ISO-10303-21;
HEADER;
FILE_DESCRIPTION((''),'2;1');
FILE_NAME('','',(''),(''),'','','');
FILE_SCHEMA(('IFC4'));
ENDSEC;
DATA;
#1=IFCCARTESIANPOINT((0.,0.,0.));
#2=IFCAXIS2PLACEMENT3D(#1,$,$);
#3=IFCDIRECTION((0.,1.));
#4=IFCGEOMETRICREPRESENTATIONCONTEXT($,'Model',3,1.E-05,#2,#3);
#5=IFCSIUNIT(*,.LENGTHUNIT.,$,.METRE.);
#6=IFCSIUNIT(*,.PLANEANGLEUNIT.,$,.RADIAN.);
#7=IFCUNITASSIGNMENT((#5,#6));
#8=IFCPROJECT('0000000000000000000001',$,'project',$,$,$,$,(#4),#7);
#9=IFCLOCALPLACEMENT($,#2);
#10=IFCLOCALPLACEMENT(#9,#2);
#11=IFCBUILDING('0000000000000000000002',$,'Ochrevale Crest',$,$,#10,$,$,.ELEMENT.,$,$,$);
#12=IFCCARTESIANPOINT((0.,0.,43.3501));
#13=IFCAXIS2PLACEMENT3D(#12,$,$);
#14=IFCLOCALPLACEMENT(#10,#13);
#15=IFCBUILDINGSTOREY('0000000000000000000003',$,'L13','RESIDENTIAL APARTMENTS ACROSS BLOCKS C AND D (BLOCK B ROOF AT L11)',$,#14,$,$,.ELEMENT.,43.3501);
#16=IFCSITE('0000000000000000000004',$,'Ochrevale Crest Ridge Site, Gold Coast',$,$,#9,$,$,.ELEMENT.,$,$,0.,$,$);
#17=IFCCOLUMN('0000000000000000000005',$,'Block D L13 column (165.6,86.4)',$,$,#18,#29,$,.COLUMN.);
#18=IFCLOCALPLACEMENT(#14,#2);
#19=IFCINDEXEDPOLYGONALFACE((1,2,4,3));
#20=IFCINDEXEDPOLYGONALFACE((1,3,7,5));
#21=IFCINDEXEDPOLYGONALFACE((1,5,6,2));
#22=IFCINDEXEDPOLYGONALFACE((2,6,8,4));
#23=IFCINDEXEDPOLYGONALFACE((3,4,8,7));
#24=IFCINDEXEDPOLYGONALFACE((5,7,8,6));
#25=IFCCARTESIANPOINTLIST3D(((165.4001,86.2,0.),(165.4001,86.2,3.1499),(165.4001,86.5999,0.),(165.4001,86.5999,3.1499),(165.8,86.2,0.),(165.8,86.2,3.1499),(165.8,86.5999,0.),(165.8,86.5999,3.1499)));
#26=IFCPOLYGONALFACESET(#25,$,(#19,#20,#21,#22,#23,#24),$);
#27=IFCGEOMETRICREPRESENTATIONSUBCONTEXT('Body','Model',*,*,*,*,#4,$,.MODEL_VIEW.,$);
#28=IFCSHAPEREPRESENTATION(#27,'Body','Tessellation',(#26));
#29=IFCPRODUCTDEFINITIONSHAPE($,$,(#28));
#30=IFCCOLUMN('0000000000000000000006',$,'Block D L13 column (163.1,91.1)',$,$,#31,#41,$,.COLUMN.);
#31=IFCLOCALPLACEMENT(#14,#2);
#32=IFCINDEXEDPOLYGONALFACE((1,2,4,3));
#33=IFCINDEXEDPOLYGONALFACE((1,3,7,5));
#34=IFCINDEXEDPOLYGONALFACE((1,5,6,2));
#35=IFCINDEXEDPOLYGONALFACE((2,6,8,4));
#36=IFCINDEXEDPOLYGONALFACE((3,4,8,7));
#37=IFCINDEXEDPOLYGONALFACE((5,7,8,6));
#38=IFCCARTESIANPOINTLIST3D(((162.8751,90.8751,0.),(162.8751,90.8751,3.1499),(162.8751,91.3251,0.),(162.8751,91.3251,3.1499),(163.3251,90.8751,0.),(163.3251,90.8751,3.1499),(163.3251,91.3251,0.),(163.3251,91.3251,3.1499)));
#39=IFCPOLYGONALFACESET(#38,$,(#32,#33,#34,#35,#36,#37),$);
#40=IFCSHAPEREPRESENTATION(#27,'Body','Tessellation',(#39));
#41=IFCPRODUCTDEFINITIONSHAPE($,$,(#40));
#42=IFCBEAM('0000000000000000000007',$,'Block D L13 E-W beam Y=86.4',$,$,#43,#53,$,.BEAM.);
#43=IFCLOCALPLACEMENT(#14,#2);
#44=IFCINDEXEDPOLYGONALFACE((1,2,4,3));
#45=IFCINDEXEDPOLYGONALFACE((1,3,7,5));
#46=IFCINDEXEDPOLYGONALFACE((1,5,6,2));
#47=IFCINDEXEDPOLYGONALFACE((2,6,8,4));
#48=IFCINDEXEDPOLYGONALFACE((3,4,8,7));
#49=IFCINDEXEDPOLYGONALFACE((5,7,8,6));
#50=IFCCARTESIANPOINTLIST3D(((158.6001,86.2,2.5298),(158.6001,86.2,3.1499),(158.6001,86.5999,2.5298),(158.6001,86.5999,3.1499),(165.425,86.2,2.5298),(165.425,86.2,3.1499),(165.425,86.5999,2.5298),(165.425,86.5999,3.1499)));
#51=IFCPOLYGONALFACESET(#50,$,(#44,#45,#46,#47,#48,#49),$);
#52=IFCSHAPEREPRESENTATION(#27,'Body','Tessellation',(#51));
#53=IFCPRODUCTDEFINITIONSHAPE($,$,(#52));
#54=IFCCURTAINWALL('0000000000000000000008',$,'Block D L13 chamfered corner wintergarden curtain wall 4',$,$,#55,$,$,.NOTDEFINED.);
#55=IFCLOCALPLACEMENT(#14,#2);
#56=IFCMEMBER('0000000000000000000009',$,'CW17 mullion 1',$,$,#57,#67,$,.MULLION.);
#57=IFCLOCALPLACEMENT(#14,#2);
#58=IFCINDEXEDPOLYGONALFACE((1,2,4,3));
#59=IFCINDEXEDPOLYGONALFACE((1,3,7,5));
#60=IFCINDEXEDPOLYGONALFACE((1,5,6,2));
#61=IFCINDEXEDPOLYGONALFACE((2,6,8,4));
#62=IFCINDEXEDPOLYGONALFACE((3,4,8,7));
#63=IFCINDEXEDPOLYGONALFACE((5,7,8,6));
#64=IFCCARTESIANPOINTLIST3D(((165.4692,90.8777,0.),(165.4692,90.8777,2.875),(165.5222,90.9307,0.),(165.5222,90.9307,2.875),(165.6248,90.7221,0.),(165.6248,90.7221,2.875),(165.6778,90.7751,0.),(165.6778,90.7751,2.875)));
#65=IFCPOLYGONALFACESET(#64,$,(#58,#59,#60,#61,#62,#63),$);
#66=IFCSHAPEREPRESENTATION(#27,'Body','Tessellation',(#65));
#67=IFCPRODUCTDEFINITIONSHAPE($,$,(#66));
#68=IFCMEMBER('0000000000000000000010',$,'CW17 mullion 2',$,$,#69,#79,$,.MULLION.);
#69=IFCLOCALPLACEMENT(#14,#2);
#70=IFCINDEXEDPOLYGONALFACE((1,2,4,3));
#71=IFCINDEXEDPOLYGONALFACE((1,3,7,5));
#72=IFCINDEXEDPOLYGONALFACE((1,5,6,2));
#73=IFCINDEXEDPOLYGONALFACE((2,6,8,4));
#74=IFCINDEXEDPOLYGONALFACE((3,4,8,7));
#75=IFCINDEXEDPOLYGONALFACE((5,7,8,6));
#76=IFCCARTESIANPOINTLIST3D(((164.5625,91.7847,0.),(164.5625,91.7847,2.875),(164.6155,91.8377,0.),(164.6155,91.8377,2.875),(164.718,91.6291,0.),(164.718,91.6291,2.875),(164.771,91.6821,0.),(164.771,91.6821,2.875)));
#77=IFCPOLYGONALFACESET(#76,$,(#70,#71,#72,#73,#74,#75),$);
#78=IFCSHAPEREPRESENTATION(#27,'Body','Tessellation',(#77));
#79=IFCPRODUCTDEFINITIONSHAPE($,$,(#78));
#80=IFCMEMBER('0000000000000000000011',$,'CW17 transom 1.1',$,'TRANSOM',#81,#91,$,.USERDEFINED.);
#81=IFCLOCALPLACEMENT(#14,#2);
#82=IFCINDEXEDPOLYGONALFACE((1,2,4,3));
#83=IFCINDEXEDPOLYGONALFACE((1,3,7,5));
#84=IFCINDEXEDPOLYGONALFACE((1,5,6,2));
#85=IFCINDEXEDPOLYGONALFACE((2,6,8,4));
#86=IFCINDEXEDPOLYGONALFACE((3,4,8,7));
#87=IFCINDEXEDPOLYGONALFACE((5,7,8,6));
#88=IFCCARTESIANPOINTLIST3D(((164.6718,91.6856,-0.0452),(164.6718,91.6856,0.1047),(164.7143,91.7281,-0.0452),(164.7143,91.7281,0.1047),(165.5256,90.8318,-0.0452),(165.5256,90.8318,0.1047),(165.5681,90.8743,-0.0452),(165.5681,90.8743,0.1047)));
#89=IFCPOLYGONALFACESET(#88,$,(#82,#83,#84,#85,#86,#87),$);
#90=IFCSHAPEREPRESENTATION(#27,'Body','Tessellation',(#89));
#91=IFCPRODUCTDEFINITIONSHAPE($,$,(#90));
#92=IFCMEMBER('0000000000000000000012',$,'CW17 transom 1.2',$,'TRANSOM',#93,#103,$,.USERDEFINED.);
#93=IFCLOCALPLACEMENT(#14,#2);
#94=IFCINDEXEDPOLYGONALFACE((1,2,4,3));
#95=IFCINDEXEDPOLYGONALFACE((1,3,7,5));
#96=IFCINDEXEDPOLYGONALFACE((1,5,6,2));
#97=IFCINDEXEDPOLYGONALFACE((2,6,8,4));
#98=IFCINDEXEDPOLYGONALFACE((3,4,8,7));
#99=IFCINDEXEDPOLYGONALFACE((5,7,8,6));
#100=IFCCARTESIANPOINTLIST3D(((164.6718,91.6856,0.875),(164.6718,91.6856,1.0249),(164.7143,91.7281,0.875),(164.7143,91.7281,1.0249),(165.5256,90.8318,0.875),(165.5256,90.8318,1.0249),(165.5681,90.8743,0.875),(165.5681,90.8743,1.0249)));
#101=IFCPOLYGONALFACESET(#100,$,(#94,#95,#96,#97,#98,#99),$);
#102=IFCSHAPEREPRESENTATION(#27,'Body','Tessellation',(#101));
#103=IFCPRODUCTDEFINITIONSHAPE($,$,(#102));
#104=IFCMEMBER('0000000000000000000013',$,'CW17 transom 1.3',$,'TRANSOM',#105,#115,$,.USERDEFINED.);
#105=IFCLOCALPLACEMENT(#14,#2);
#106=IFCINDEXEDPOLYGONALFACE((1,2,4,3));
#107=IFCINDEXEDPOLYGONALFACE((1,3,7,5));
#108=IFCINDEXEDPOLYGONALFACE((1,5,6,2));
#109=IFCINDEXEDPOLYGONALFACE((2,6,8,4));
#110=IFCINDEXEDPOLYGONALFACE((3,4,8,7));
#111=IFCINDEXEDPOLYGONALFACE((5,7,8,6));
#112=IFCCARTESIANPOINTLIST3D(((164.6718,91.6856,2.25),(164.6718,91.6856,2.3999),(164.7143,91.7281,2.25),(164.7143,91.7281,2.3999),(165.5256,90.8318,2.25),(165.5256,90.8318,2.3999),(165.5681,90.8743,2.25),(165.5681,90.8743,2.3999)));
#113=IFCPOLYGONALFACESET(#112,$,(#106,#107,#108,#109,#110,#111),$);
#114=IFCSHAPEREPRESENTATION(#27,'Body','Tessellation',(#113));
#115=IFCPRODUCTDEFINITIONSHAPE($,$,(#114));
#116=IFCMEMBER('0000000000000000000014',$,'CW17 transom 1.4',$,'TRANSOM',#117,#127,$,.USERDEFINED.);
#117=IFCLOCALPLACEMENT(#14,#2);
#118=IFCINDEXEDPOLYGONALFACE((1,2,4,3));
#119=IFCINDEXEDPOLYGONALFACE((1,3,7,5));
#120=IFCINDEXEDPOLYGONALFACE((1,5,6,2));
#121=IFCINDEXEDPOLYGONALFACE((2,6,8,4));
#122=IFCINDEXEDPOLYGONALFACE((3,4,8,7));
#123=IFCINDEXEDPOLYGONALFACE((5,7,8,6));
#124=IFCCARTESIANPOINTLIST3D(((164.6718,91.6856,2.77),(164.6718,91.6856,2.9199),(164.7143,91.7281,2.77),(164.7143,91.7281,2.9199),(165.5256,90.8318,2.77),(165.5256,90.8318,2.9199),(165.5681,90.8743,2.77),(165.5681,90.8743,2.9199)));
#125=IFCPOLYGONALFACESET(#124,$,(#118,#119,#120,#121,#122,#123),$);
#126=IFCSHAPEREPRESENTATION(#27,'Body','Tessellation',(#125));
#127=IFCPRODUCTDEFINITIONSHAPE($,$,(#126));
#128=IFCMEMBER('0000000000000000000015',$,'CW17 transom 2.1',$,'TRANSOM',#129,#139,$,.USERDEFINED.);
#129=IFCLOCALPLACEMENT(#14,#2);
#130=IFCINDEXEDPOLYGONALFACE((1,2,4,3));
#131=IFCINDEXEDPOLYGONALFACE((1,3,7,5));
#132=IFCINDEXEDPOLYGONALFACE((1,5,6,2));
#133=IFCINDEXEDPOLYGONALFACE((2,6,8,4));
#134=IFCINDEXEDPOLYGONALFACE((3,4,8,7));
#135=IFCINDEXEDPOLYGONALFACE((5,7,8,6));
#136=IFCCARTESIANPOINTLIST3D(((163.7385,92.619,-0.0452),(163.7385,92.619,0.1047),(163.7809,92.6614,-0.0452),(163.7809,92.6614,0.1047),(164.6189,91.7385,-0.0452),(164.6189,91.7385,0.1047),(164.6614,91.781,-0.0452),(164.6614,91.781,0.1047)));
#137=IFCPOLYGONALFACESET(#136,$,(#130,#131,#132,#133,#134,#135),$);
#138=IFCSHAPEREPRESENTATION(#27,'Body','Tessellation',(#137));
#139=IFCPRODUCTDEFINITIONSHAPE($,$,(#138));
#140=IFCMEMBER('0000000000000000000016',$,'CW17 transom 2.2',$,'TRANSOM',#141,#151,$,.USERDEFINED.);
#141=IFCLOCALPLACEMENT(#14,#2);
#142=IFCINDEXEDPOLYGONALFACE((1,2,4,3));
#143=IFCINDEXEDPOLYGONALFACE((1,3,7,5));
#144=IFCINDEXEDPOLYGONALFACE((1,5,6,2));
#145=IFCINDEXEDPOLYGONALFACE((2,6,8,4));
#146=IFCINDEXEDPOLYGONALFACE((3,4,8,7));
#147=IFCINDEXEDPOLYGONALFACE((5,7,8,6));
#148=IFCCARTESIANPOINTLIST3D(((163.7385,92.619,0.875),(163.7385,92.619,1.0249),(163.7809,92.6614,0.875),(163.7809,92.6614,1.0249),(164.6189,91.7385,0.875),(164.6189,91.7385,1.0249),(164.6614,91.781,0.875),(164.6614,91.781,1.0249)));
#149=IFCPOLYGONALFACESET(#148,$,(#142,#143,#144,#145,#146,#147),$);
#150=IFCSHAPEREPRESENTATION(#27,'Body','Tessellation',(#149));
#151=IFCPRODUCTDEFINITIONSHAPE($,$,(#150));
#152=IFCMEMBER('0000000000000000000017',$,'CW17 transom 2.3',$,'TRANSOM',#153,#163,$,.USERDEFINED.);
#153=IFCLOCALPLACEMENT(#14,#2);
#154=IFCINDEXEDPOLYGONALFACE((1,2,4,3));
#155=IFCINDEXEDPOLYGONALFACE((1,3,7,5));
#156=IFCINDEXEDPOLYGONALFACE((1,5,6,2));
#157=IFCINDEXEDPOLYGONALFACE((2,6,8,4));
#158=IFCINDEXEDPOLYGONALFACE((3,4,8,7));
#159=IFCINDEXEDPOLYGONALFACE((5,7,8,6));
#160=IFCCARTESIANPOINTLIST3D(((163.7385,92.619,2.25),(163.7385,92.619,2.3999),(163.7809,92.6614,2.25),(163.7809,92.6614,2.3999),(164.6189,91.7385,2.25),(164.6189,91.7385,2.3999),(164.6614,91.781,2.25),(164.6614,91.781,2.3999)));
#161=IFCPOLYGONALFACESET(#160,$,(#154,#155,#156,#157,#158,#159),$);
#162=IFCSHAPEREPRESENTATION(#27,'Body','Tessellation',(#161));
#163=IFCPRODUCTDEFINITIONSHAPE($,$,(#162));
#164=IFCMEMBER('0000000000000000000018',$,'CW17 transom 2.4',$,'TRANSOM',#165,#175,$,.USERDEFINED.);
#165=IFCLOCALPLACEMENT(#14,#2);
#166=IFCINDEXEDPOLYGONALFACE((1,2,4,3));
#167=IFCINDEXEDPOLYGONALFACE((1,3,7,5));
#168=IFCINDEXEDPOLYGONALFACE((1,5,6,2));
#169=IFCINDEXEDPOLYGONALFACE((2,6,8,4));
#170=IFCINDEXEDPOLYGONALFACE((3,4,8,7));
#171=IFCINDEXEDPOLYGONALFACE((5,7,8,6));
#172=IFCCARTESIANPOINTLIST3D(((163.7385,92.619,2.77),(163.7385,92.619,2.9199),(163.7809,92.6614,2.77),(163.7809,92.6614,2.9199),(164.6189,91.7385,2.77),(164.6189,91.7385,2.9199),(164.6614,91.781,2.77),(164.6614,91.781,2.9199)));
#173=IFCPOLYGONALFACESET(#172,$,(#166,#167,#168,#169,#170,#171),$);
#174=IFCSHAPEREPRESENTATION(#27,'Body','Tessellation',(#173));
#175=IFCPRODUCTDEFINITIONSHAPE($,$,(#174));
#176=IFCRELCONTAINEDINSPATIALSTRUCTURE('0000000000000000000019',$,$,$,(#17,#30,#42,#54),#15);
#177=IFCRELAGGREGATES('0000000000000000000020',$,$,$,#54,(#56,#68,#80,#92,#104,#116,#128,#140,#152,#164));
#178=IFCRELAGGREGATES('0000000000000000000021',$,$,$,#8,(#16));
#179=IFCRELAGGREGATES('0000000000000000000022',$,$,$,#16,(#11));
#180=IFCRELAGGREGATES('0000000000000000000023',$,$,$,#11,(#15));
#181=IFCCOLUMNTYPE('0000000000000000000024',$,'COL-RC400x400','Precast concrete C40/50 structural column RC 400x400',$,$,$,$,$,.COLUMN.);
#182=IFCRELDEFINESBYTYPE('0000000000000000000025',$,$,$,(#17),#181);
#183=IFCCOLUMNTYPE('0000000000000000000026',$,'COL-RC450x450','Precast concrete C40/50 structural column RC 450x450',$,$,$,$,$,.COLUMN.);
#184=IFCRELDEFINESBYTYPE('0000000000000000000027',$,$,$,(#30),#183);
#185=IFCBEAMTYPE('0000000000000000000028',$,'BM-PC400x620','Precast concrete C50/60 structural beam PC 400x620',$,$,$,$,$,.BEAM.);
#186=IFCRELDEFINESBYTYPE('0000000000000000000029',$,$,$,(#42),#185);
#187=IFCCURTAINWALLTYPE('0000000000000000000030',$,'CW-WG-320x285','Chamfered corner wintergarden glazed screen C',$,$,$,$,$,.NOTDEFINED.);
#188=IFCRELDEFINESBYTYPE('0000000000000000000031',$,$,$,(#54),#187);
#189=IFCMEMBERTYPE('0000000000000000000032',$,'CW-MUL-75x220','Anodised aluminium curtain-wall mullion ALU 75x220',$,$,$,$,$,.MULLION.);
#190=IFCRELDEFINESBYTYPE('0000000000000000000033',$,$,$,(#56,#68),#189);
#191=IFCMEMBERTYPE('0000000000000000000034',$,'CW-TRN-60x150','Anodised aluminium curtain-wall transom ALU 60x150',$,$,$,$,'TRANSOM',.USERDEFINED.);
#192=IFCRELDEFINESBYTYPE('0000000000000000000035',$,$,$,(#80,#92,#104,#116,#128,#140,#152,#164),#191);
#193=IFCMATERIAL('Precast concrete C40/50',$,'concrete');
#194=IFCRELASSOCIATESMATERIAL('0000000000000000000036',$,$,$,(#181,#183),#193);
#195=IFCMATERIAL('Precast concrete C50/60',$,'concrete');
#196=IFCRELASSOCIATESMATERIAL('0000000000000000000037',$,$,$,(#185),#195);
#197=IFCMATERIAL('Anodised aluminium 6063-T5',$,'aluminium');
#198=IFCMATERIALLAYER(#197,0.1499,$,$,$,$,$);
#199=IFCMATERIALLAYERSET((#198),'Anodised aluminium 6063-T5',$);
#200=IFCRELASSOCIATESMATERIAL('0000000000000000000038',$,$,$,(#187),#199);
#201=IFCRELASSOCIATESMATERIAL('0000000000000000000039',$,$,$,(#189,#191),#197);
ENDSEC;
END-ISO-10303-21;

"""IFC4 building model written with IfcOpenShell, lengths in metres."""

from ifc_helpers import new_model, si_unit, direction, frame, origin, origin_2d, place, context, subcontext, project, spatial, rectangle, extrude, material, layer, layer_set, material_profile, profile_set, type_object, element, aggregate, save


model = new_model("IFC4")

# Units and contexts
model_context = context("Model", 3, precision=1e-05, world=origin(), true_north=direction((0.0, 1.0)))
body_context = subcontext(model_context, "Body", "Model", "MODEL_VIEW")
ifc_project = project(units=[si_unit("LENGTHUNIT", "METRE"), si_unit("PLANEANGLEUNIT", "RADIAN")], contexts=[model_context])

# Site, building, storey
site_placement = place(None, origin())
site = spatial("IfcSite", under=ifc_project, at=site_placement, Name="Ochrevale Crest Ridge Site, Gold Coast", CompositionType="ELEMENT", RefElevation=0.0)
building_placement = place(site_placement, origin())
building = spatial("IfcBuilding", under=site, at=building_placement, Name="Ochrevale Crest", CompositionType="ELEMENT")
storey_placement = place(building_placement, frame((0.0, 0.0, 43.3501)))
storey = spatial("IfcBuildingStorey", under=building, at=storey_placement, Name="L13", Description="RESIDENTIAL APARTMENTS ACROSS BLOCKS C AND D (BLOCK B ROOF AT L11)", CompositionType="ELEMENT", Elevation=43.3501)

# Columns
ifc_material_1 = material(Name="Precast concrete C40/50", Category="concrete")
ifc_material_profile_1 = material_profile(ifc_material_1, rectangle(XDim=0.3999, YDim=0.3999, at=origin_2d()), Name="RC 400x400")
ifc_profile_set_1 = profile_set([ifc_material_profile_1], Name="Precast concrete C40/50")
column_type_1 = type_object("IfcColumnType", Name="COL-RC400x400", Description="Precast concrete C40/50 structural column RC 400x400", PredefinedType="COLUMN", material=ifc_profile_set_1)
column_1_placement = place(storey_placement, frame((165.6001, 86.3999, 0.0), z_axis=(0.0, 0.0, 1.0), x_axis=(1.0, 0.0, 0.0)))
element("IfcColumn", 1, at=column_1_placement, inside=storey, type_object=column_type_1, Name="Block D L13 column (165.6,86.4)", PredefinedType="COLUMN", context=body_context, shape_type="SweptSolid", body=[
    extrude(rectangle(XDim=0.3999, YDim=0.3999, at=origin_2d()), origin(), (0.0, 0.0, 1.0), 3.1499),
])
ifc_material_profile_2 = material_profile(ifc_material_1, rectangle(XDim=0.45, YDim=0.45, at=origin_2d()), Name="RC 450x450")
ifc_profile_set_2 = profile_set([ifc_material_profile_2], Name="Precast concrete C40/50")
column_type_2 = type_object("IfcColumnType", Name="COL-RC450x450", Description="Precast concrete C40/50 structural column RC 450x450", PredefinedType="COLUMN", material=ifc_profile_set_2)
column_2_placement = place(storey_placement, frame((163.1001, 91.1001, 0.0), z_axis=(0.0, 0.0, 1.0), x_axis=(1.0, 0.0, 0.0)))
element("IfcColumn", 2, at=column_2_placement, inside=storey, type_object=column_type_2, Name="Block D L13 column (163.1,91.1)", PredefinedType="COLUMN", context=body_context, shape_type="SweptSolid", body=[
    extrude(rectangle(XDim=0.45, YDim=0.45, at=origin_2d()), origin(), (0.0, 0.0, 1.0), 3.1499),
])

# Beam
ifc_material_2 = material(Name="Precast concrete C50/60", Category="concrete")
ifc_material_profile_3 = material_profile(ifc_material_2, rectangle(XDim=0.3999, YDim=0.6201, at=origin_2d()), Name="PC 400x620")
ifc_profile_set_3 = profile_set([ifc_material_profile_3], Name="Precast concrete C50/60")
beam_type = type_object("IfcBeamType", Name="BM-PC400x620", Description="Precast concrete C50/60 structural beam PC 400x620", PredefinedType="BEAM", material=ifc_profile_set_3)
beam_placement = place(storey_placement, frame((158.6001, 86.3999, 2.8398), z_axis=(1.0, 0.0, 0.0), x_axis=(0.0, 1.0, 0.0)))
element("IfcBeam", 3, at=beam_placement, inside=storey, type_object=beam_type, Name="Block D L13 E-W beam Y=86.4", PredefinedType="BEAM", context=body_context, shape_type="SweptSolid", body=[
    extrude(rectangle(XDim=0.3999, YDim=0.6201, at=origin_2d()), origin(), (0.0, 0.0, 1.0), 6.825),
])

# Curtain wall, members
ifc_material_3 = material(Name="Anodised aluminium 6063-T5", Category="aluminium")
ifc_layer_1 = layer(ifc_material_3, 0.1499)
ifc_layer_set_1 = layer_set([ifc_layer_1], Name="Anodised aluminium 6063-T5")
curtain_wall_type = type_object("IfcCurtainWallType", Name="CW-WG-320x285", Description="Chamfered corner wintergarden glazed screen C", PredefinedType="NOTDEFINED", material=ifc_layer_set_1)
curtain_wall_placement = place(storey_placement, origin())
curtain_wall = element("IfcCurtainWall", 4, at=curtain_wall_placement, inside=storey, type_object=curtain_wall_type, Name="Block D L13 chamfered corner wintergarden curtain wall 4", PredefinedType="NOTDEFINED")
ifc_material_profile_4 = material_profile(ifc_material_3, rectangle(XDim=0.075, YDim=0.22, at=origin_2d()), Name="ALU 75x220")
ifc_profile_set_4 = profile_set([ifc_material_profile_4], Name="Anodised aluminium 6063-T5")
member_type_1 = type_object("IfcMemberType", Name="CW-MUL-75x220", Description="Anodised aluminium curtain-wall mullion ALU 75x220", PredefinedType="MULLION", material=ifc_profile_set_4)
member_1_placement = place(storey_placement, frame((165.5735, 90.8264, 0.0), z_axis=(0.0, 0.0, 1.0), x_axis=(-0.707107, -0.707107, 0.0)))
member_1 = element("IfcMember", 5, at=member_1_placement, type_object=member_type_1, Name="CW17 mullion 1", PredefinedType="MULLION", context=body_context, shape_type="SweptSolid", body=[
    extrude(rectangle(XDim=0.075, YDim=0.22, at=origin_2d()), origin(), (0.0, 0.0, 1.0), 2.875),
])
member_2_placement = place(storey_placement, frame((164.6667, 91.7334, 0.0), z_axis=(0.0, 0.0, 1.0), x_axis=(-0.707107, -0.707107, 0.0)))
member_2 = element("IfcMember", 6, at=member_2_placement, type_object=member_type_1, Name="CW17 mullion 2", PredefinedType="MULLION", context=body_context, shape_type="SweptSolid", body=[
    extrude(rectangle(XDim=0.075, YDim=0.22, at=origin_2d()), origin(), (0.0, 0.0, 1.0), 2.875),
])
ifc_material_profile_5 = material_profile(ifc_material_3, rectangle(XDim=0.0601, YDim=0.1499, at=origin_2d()), Name="ALU 60x150")
ifc_profile_set_5 = profile_set([ifc_material_profile_5], Name="Anodised aluminium 6063-T5")
member_type_2 = type_object("IfcMemberType", Name="CW-TRN-60x150", Description="Anodised aluminium curtain-wall transom ALU 60x150", ElementType="TRANSOM", PredefinedType="USERDEFINED", material=ifc_profile_set_5)
member_3_placement = place(storey_placement, frame((165.5469, 90.853, 0.0298), z_axis=(-0.707107, 0.707107, 0.0), x_axis=(-0.707107, -0.707107, 0.0)))
member_3 = element("IfcMember", 7, at=member_3_placement, type_object=member_type_2, Name="CW17 transom 1.1", ObjectType="TRANSOM", PredefinedType="USERDEFINED", context=body_context, shape_type="SweptSolid", body=[
    extrude(rectangle(XDim=0.0601, YDim=0.1499, at=origin_2d()), origin(), (0.0, 0.0, 1.0), 1.2075),
])
member_4_placement = place(storey_placement, frame((165.5469, 90.853, 0.95), z_axis=(-0.707107, 0.707107, 0.0), x_axis=(-0.707107, -0.707107, 0.0)))
member_4 = element("IfcMember", 8, at=member_4_placement, type_object=member_type_2, Name="CW17 transom 1.2", ObjectType="TRANSOM", PredefinedType="USERDEFINED", context=body_context, shape_type="SweptSolid", body=[
    extrude(rectangle(XDim=0.0601, YDim=0.1499, at=origin_2d()), origin(), (0.0, 0.0, 1.0), 1.2075),
])
member_5_placement = place(storey_placement, frame((165.5469, 90.853, 2.325), z_axis=(-0.707107, 0.707107, 0.0), x_axis=(-0.707107, -0.707107, 0.0)))
member_5 = element("IfcMember", 9, at=member_5_placement, type_object=member_type_2, Name="CW17 transom 1.3", ObjectType="TRANSOM", PredefinedType="USERDEFINED", context=body_context, shape_type="SweptSolid", body=[
    extrude(rectangle(XDim=0.0601, YDim=0.1499, at=origin_2d()), origin(), (0.0, 0.0, 1.0), 1.2075),
])
member_6_placement = place(storey_placement, frame((165.5469, 90.853, 2.845), z_axis=(-0.707107, 0.707107, 0.0), x_axis=(-0.707107, -0.707107, 0.0)))
member_6 = element("IfcMember", 10, at=member_6_placement, type_object=member_type_2, Name="CW17 transom 1.4", ObjectType="TRANSOM", PredefinedType="USERDEFINED", context=body_context, shape_type="SweptSolid", body=[
    extrude(rectangle(XDim=0.0601, YDim=0.1499, at=origin_2d()), origin(), (0.0, 0.0, 1.0), 1.2075),
])
member_7_placement = place(storey_placement, frame((164.6401, 91.7598, 0.0298), z_axis=(-0.707107, 0.707107, 0.0), x_axis=(-0.707107, -0.707107, 0.0)))
member_7 = element("IfcMember", 11, at=member_7_placement, type_object=member_type_2, Name="CW17 transom 2.1", ObjectType="TRANSOM", PredefinedType="USERDEFINED", context=body_context, shape_type="SweptSolid", body=[
    extrude(rectangle(XDim=0.0601, YDim=0.1499, at=origin_2d()), origin(), (0.0, 0.0, 1.0), 1.2451),
])
member_8_placement = place(storey_placement, frame((164.6401, 91.7598, 0.95), z_axis=(-0.707107, 0.707107, 0.0), x_axis=(-0.707107, -0.707107, 0.0)))
member_8 = element("IfcMember", 12, at=member_8_placement, type_object=member_type_2, Name="CW17 transom 2.2", ObjectType="TRANSOM", PredefinedType="USERDEFINED", context=body_context, shape_type="SweptSolid", body=[
    extrude(rectangle(XDim=0.0601, YDim=0.1499, at=origin_2d()), origin(), (0.0, 0.0, 1.0), 1.2451),
])
member_9_placement = place(storey_placement, frame((164.6401, 91.7598, 2.325), z_axis=(-0.707107, 0.707107, 0.0), x_axis=(-0.707107, -0.707107, 0.0)))
member_9 = element("IfcMember", 13, at=member_9_placement, type_object=member_type_2, Name="CW17 transom 2.3", ObjectType="TRANSOM", PredefinedType="USERDEFINED", context=body_context, shape_type="SweptSolid", body=[
    extrude(rectangle(XDim=0.0601, YDim=0.1499, at=origin_2d()), origin(), (0.0, 0.0, 1.0), 1.2451),
])
member_10_placement = place(storey_placement, frame((164.6401, 91.7598, 2.845), z_axis=(-0.707107, 0.707107, 0.0), x_axis=(-0.707107, -0.707107, 0.0)))
member_10 = element("IfcMember", 14, at=member_10_placement, type_object=member_type_2, Name="CW17 transom 2.4", ObjectType="TRANSOM", PredefinedType="USERDEFINED", context=body_context, shape_type="SweptSolid", body=[
    extrude(rectangle(XDim=0.0601, YDim=0.1499, at=origin_2d()), origin(), (0.0, 0.0, 1.0), 1.2451),
])
aggregate(curtain_wall, [member_1, member_2, member_3, member_4, member_5, member_6, member_7, member_8, member_9, member_10])

save(model, "model.ifc")
